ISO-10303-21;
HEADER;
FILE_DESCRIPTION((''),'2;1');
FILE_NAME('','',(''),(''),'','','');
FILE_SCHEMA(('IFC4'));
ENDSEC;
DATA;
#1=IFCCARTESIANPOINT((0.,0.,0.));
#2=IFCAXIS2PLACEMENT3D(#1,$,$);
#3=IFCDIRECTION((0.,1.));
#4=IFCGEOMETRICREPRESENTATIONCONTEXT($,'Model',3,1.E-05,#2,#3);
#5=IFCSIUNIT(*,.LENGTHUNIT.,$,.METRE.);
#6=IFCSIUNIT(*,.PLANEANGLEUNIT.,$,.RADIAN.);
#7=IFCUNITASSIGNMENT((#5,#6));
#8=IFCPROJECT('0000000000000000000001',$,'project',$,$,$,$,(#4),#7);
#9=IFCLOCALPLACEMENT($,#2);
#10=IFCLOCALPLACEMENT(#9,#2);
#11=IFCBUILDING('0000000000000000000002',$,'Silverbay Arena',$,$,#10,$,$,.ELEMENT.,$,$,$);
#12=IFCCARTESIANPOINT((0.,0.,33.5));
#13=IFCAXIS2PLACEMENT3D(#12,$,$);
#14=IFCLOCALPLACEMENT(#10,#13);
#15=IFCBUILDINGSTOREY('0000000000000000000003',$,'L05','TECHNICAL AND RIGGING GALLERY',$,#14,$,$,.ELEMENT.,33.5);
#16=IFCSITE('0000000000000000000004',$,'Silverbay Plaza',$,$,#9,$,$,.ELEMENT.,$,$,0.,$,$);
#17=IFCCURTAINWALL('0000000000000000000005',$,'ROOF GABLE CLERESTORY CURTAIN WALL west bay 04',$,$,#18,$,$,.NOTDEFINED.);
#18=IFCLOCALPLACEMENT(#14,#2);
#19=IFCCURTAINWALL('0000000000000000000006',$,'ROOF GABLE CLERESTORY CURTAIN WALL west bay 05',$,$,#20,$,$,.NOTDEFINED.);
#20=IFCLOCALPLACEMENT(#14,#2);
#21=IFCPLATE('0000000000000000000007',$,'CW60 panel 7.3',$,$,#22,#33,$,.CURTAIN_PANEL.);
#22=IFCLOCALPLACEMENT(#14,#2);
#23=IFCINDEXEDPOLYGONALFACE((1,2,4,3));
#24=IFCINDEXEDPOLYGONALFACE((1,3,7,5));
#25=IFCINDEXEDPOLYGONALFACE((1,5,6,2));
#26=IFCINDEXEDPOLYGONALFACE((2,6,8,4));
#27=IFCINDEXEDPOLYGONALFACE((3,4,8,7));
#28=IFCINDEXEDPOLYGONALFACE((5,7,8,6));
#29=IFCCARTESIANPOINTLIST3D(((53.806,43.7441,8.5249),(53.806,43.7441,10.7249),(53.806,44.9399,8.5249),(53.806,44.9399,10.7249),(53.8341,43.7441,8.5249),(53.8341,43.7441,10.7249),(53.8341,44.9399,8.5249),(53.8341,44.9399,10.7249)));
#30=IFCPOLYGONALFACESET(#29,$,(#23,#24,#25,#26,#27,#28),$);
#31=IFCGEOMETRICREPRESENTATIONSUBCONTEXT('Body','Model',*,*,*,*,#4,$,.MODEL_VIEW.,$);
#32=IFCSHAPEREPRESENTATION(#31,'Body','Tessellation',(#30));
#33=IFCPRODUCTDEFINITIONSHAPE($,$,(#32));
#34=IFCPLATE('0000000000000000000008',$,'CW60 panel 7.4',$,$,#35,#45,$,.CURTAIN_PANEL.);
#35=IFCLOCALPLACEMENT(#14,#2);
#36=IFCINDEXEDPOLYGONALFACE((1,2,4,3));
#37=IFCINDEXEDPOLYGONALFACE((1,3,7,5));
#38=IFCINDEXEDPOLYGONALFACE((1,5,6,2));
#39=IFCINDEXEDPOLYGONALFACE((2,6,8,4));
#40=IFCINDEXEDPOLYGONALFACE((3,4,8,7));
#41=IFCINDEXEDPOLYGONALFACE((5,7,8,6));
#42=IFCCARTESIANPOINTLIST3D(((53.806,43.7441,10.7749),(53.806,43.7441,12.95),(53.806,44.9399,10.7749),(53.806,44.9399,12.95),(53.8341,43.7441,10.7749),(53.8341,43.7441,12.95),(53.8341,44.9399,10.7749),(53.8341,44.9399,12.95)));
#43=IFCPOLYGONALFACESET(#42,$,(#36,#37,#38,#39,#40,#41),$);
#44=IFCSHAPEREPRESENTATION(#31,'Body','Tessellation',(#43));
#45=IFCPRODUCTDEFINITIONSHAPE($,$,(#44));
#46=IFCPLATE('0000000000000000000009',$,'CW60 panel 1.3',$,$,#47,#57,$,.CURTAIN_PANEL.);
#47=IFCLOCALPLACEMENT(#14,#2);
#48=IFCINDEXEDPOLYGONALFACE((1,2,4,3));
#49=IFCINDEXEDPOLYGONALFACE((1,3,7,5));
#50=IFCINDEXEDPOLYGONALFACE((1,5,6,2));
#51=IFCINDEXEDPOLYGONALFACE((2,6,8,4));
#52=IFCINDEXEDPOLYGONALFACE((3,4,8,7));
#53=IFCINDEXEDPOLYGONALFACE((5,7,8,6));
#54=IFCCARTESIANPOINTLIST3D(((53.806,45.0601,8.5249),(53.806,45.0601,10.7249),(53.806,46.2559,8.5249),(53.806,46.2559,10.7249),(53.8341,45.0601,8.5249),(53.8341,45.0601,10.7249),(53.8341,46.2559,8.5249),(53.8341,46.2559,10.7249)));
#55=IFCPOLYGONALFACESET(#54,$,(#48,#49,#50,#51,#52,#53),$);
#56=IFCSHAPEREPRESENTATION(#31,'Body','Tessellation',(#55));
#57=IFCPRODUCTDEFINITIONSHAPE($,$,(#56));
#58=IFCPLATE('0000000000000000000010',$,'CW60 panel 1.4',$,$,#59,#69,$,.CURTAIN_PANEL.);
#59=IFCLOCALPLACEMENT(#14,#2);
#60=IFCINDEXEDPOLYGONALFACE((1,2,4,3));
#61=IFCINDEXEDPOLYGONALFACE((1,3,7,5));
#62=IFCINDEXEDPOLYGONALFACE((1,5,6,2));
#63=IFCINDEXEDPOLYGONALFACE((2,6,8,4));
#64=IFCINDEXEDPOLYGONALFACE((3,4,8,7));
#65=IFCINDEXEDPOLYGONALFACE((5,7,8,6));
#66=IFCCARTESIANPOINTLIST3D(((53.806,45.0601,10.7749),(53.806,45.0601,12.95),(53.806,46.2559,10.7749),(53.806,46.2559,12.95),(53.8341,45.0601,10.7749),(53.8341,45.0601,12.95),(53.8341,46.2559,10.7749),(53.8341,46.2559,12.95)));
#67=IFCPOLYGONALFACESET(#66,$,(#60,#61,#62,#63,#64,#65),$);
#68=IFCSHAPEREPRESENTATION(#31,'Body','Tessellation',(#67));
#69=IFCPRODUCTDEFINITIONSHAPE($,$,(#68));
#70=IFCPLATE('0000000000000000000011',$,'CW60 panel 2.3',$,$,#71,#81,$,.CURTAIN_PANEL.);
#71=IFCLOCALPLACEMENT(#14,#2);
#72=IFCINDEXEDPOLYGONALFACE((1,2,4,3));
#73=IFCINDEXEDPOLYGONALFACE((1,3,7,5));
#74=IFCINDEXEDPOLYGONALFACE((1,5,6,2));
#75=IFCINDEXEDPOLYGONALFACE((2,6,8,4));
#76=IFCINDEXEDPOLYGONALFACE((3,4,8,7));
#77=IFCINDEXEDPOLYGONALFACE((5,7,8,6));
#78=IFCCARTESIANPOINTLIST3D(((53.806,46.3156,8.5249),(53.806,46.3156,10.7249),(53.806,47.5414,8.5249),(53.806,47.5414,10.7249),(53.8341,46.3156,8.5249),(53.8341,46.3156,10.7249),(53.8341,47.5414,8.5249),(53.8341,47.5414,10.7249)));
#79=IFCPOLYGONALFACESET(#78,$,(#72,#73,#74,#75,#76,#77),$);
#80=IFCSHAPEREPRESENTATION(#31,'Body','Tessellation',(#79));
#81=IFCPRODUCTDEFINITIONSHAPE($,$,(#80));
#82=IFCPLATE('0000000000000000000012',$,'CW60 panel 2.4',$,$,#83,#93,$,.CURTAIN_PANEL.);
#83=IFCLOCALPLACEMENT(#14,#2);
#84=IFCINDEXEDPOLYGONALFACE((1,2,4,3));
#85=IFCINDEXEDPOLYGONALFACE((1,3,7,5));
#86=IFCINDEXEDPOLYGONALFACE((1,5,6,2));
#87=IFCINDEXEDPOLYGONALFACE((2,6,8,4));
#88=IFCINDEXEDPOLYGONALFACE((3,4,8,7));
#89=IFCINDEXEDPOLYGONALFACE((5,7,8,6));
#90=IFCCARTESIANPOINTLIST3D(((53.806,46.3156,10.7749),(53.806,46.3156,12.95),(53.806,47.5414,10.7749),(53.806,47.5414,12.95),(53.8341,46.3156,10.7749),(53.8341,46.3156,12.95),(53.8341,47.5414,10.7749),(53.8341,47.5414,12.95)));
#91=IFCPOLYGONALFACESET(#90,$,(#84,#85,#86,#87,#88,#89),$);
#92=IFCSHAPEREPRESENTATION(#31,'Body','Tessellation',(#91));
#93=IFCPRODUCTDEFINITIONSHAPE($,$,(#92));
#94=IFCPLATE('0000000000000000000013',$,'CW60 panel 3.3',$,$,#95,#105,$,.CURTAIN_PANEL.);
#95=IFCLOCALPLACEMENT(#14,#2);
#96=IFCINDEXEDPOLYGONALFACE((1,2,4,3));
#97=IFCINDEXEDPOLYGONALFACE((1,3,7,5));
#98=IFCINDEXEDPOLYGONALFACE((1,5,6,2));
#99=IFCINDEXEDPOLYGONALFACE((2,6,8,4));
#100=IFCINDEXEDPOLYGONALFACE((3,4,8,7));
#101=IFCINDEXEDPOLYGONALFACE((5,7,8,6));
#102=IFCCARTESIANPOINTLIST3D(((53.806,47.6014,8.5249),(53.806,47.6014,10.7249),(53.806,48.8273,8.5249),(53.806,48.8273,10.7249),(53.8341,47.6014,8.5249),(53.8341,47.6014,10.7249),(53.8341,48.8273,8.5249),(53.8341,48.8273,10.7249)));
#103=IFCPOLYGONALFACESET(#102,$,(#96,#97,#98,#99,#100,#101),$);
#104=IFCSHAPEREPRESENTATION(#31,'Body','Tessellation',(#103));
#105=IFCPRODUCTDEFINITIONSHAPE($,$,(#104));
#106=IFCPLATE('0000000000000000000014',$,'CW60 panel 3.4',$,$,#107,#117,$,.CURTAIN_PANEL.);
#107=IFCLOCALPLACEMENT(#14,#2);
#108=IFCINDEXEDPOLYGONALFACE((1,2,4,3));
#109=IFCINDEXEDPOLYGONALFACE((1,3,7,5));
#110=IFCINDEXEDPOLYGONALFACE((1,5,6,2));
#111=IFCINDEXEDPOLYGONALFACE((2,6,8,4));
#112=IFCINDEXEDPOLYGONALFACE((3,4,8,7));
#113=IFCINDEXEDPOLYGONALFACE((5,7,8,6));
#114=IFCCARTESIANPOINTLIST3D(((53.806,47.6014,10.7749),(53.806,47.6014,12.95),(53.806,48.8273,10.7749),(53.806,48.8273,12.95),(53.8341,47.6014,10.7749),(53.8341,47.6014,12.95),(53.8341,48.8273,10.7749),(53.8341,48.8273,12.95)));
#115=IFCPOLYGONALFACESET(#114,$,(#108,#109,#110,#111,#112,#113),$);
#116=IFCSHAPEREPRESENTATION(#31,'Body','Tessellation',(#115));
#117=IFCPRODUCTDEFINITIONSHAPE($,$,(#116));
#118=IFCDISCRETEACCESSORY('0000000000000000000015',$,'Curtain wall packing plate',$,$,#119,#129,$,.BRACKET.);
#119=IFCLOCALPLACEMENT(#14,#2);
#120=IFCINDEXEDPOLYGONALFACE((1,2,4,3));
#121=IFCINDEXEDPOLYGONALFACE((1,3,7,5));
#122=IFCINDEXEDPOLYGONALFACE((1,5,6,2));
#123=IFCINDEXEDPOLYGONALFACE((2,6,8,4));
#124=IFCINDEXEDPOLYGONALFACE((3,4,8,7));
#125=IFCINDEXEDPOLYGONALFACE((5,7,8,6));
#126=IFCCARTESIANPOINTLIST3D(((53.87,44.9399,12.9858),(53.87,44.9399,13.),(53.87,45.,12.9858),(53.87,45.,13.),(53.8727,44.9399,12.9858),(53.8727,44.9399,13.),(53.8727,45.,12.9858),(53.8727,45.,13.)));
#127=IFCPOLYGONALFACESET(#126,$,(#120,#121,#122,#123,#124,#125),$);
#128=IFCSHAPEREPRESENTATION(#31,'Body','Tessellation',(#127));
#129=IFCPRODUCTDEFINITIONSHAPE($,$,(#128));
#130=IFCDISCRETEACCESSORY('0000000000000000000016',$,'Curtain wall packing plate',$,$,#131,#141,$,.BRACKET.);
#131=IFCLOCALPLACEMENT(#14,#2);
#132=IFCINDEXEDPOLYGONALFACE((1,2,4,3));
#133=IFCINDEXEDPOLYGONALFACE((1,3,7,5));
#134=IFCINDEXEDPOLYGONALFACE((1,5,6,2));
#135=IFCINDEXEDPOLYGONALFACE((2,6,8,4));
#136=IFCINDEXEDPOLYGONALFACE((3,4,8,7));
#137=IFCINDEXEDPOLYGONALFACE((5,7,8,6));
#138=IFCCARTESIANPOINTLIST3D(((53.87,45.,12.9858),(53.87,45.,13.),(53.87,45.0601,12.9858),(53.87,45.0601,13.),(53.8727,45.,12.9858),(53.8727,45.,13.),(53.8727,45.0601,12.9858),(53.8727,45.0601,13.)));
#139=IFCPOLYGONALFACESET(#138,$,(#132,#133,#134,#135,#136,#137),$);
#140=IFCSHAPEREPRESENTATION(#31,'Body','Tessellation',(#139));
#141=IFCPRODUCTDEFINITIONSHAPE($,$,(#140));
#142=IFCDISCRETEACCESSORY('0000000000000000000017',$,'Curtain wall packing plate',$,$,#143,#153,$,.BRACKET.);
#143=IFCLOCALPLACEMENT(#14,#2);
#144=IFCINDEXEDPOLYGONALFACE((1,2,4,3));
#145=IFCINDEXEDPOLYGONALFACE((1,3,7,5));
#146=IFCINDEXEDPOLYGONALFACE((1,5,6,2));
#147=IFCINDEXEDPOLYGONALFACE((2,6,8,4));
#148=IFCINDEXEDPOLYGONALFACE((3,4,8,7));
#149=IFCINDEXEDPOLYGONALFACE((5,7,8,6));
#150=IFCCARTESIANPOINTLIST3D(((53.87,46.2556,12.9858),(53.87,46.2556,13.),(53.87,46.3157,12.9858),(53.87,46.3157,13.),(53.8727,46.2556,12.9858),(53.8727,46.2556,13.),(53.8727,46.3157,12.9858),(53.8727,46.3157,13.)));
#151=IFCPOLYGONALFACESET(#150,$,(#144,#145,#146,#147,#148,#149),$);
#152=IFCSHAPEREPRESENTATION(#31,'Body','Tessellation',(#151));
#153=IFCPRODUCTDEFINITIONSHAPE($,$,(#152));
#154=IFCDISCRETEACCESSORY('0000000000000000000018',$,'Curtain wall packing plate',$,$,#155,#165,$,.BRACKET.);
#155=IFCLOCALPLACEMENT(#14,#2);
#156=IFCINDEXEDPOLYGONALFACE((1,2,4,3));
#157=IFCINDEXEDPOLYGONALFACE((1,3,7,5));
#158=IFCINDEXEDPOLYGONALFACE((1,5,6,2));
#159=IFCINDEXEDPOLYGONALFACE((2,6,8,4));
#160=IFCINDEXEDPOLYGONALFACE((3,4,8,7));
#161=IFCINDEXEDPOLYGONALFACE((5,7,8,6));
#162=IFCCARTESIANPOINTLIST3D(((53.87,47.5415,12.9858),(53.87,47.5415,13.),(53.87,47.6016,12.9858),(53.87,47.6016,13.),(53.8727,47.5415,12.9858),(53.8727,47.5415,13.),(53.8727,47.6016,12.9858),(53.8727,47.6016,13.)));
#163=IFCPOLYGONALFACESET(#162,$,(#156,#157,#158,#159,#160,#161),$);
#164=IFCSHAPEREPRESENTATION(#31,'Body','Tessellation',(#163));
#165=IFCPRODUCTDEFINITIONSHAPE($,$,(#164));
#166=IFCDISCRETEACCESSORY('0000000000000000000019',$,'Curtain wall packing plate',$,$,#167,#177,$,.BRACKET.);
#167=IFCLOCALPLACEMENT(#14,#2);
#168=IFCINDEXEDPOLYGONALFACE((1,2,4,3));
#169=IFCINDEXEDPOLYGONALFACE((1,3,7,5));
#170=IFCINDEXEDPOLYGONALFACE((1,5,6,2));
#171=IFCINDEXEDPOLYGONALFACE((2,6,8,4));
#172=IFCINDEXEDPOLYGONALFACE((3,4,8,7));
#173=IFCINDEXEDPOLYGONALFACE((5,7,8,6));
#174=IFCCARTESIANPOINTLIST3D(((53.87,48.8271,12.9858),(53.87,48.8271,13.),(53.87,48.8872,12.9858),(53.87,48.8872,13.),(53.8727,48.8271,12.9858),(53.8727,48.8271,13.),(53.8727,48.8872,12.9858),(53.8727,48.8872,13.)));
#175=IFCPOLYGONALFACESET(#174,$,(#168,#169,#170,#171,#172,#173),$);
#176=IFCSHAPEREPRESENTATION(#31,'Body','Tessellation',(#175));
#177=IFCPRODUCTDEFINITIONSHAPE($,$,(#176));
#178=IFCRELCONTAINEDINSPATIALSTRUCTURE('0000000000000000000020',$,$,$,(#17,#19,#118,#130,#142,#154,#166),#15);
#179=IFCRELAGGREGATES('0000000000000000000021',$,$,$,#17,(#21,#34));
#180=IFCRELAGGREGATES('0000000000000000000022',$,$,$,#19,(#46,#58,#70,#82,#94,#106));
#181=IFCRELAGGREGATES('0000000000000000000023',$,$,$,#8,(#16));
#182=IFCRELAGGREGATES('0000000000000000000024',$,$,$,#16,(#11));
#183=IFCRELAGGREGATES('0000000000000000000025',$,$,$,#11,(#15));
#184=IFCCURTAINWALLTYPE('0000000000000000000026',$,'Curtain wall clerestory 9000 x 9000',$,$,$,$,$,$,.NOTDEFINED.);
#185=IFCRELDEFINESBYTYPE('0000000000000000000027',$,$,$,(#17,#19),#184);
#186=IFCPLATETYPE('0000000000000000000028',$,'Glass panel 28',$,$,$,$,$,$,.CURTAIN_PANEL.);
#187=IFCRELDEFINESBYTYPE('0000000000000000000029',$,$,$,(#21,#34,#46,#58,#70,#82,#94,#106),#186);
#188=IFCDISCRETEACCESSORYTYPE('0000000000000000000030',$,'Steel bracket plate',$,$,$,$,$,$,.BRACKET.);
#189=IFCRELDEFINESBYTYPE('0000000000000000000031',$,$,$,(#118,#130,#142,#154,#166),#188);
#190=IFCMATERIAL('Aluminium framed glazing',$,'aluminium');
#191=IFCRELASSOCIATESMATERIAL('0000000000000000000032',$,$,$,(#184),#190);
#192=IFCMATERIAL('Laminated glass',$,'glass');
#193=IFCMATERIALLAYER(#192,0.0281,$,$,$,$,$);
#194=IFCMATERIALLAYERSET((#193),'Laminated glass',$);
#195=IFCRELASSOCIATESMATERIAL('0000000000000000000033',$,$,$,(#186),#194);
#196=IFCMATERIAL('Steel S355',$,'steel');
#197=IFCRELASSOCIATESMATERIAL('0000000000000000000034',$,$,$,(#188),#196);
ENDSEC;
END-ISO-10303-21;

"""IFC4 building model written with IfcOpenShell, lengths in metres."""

from ifc_helpers import new_model, si_unit, direction, frame, origin, origin_2d, place, context, subcontext, project, spatial, rectangle, extrude, material, layer, layer_set, type_object, element, aggregate, save


model = new_model("IFC4")

# Units and contexts
model_context = context("Model", 3, precision=1e-05, world=origin(), true_north=direction((0.0, 1.0)))
body_context = subcontext(model_context, "Body", "Model", "MODEL_VIEW")
ifc_project = project(units=[si_unit("LENGTHUNIT", "METRE"), si_unit("PLANEANGLEUNIT", "RADIAN")], contexts=[model_context])

# Site, building, storey
site_placement = place(None, origin())
site = spatial("IfcSite", under=ifc_project, at=site_placement, Name="Silverbay Plaza", CompositionType="ELEMENT", RefElevation=0.0)
building_placement = place(site_placement, origin())
building = spatial("IfcBuilding", under=site, at=building_placement, Name="Silverbay Arena", CompositionType="ELEMENT")
storey_placement = place(building_placement, frame((0.0, 0.0, 33.5)))
storey = spatial("IfcBuildingStorey", under=building, at=storey_placement, Name="L05", Description="TECHNICAL AND RIGGING GALLERY", CompositionType="ELEMENT", Elevation=33.5)

# Curtain wall
ifc_material_1 = material(Name="Aluminium framed glazing", Category="aluminium")
curtain_wall_type = type_object("IfcCurtainWallType", Name="Curtain wall clerestory 9000 x 9000", PredefinedType="NOTDEFINED", material=ifc_material_1)
curtain_wall_1_placement = place(storey_placement, origin())
curtain_wall_1 = element("IfcCurtainWall", 1, at=curtain_wall_1_placement, inside=storey, type_object=curtain_wall_type, Name="ROOF GABLE CLERESTORY CURTAIN WALL west bay 04", PredefinedType="NOTDEFINED")

# Curtain wall
curtain_wall_2_placement = place(storey_placement, origin())
curtain_wall_2 = element("IfcCurtainWall", 2, at=curtain_wall_2_placement, inside=storey, type_object=curtain_wall_type, Name="ROOF GABLE CLERESTORY CURTAIN WALL west bay 05", PredefinedType="NOTDEFINED")

# Plates
ifc_material_2 = material(Name="Laminated glass", Category="glass")
ifc_layer = layer(ifc_material_2, 0.0281)
ifc_layer_set = layer_set([ifc_layer], Name="Laminated glass")
plate_type = type_object("IfcPlateType", Name="Glass panel 28", PredefinedType="CURTAIN_PANEL", material=ifc_layer_set)
plate_1_placement = place(storey_placement, frame((53.8201, 44.342, 8.5249), z_axis=(0.0, 0.0, 1.0), x_axis=(0.0, 1.0, 0.0)))
plate_1 = element("IfcPlate", 3, at=plate_1_placement, type_object=plate_type, Name="CW60 panel 7.3", PredefinedType="CURTAIN_PANEL", context=body_context, shape_type="SweptSolid", body=[
    extrude(rectangle(XDim=1.1958, YDim=0.0281, at=origin_2d()), origin(), (0.0, 0.0, 1.0), 2.2),
])
plate_2_placement = place(storey_placement, frame((53.8201, 44.342, 10.7749), z_axis=(0.0, 0.0, 1.0), x_axis=(0.0, 1.0, 0.0)))
plate_2 = element("IfcPlate", 4, at=plate_2_placement, type_object=plate_type, Name="CW60 panel 7.4", PredefinedType="CURTAIN_PANEL", context=body_context, shape_type="SweptSolid", body=[
    extrude(rectangle(XDim=1.1958, YDim=0.0281, at=origin_2d()), origin(), (0.0, 0.0, 1.0), 2.175),
])
aggregate(curtain_wall_1, [plate_1, plate_2])
plate_3_placement = place(storey_placement, frame((53.8201, 45.658, 8.5249), z_axis=(0.0, 0.0, 1.0), x_axis=(0.0, 1.0, 0.0)))
plate_3 = element("IfcPlate", 5, at=plate_3_placement, type_object=plate_type, Name="CW60 panel 1.3", PredefinedType="CURTAIN_PANEL", context=body_context, shape_type="SweptSolid", body=[
    extrude(rectangle(XDim=1.1958, YDim=0.0281, at=origin_2d()), origin(), (0.0, 0.0, 1.0), 2.2),
])
plate_4_placement = place(storey_placement, frame((53.8201, 45.658, 10.7749), z_axis=(0.0, 0.0, 1.0), x_axis=(0.0, 1.0, 0.0)))
plate_4 = element("IfcPlate", 6, at=plate_4_placement, type_object=plate_type, Name="CW60 panel 1.4", PredefinedType="CURTAIN_PANEL", context=body_context, shape_type="SweptSolid", body=[
    extrude(rectangle(XDim=1.1958, YDim=0.0281, at=origin_2d()), origin(), (0.0, 0.0, 1.0), 2.175),
])
plate_5_placement = place(storey_placement, frame((53.8201, 46.9285, 8.5249), z_axis=(0.0, 0.0, 1.0), x_axis=(0.0, 1.0, 0.0)))
plate_5 = element("IfcPlate", 7, at=plate_5_placement, type_object=plate_type, Name="CW60 panel 2.3", PredefinedType="CURTAIN_PANEL", context=body_context, shape_type="SweptSolid", body=[
    extrude(rectangle(XDim=1.2258, YDim=0.0281, at=origin_2d()), origin(), (0.0, 0.0, 1.0), 2.2),
])
plate_6_placement = place(storey_placement, frame((53.8201, 46.9285, 10.7749), z_axis=(0.0, 0.0, 1.0), x_axis=(0.0, 1.0, 0.0)))
plate_6 = element("IfcPlate", 8, at=plate_6_placement, type_object=plate_type, Name="CW60 panel 2.4", PredefinedType="CURTAIN_PANEL", context=body_context, shape_type="SweptSolid", body=[
    extrude(rectangle(XDim=1.2258, YDim=0.0281, at=origin_2d()), origin(), (0.0, 0.0, 1.0), 2.175),
])
plate_7_placement = place(storey_placement, frame((53.8201, 48.2144, 8.5249), z_axis=(0.0, 0.0, 1.0), x_axis=(0.0, 1.0, 0.0)))
plate_7 = element("IfcPlate", 9, at=plate_7_placement, type_object=plate_type, Name="CW60 panel 3.3", PredefinedType="CURTAIN_PANEL", context=body_context, shape_type="SweptSolid", body=[
    extrude(rectangle(XDim=1.2258, YDim=0.0281, at=origin_2d()), origin(), (0.0, 0.0, 1.0), 2.2),
])
plate_8_placement = place(storey_placement, frame((53.8201, 48.2144, 10.7749), z_axis=(0.0, 0.0, 1.0), x_axis=(0.0, 1.0, 0.0)))
plate_8 = element("IfcPlate", 10, at=plate_8_placement, type_object=plate_type, Name="CW60 panel 3.4", PredefinedType="CURTAIN_PANEL", context=body_context, shape_type="SweptSolid", body=[
    extrude(rectangle(XDim=1.2258, YDim=0.0281, at=origin_2d()), origin(), (0.0, 0.0, 1.0), 2.175),
])
aggregate(curtain_wall_2, [plate_3, plate_4, plate_5, plate_6, plate_7, plate_8])

# Discrete accessories
ifc_material_3 = material(Name="Steel S355", Category="steel")
discrete_accessory_type = type_object("IfcDiscreteAccessoryType", Name="Steel bracket plate", PredefinedType="BRACKET", material=ifc_material_3)
for number, where, z_axis, x_axis, name in (
    (11, (53.8713, 44.97, 12.9858), (0.0, 0.0, 1.0), (1.0, 0.0, 0.0), "Curtain wall packing plate"),
    (12, (53.8713, 45.03, 12.9858), (0.0, 0.0, 1.0), (1.0, 0.0, 0.0), "Curtain wall packing plate"),
    (13, (53.8713, 46.2856, 12.9858), (0.0, 0.0, 1.0), (1.0, 0.0, 0.0), "Curtain wall packing plate"),
    (14, (53.8713, 47.5715, 12.9858), (0.0, 0.0, 1.0), (1.0, 0.0, 0.0), "Curtain wall packing plate"),
    (15, (53.8713, 48.8572, 12.9858), (0.0, 0.0, 1.0), (1.0, 0.0, 0.0), "Curtain wall packing plate"),
):
    element("IfcDiscreteAccessory", number, at=place(storey_placement, frame(where, z_axis=z_axis, x_axis=x_axis)), inside=storey, type_object=discrete_accessory_type, Name=name, PredefinedType="BRACKET", context=body_context, shape_type="SweptSolid", body=[
        extrude(rectangle(XDim=0.0027, YDim=0.0601, at=origin_2d()), origin(), (0.0, 0.0, 1.0), 0.0142),
    ])

save(model, "model.ifc")
